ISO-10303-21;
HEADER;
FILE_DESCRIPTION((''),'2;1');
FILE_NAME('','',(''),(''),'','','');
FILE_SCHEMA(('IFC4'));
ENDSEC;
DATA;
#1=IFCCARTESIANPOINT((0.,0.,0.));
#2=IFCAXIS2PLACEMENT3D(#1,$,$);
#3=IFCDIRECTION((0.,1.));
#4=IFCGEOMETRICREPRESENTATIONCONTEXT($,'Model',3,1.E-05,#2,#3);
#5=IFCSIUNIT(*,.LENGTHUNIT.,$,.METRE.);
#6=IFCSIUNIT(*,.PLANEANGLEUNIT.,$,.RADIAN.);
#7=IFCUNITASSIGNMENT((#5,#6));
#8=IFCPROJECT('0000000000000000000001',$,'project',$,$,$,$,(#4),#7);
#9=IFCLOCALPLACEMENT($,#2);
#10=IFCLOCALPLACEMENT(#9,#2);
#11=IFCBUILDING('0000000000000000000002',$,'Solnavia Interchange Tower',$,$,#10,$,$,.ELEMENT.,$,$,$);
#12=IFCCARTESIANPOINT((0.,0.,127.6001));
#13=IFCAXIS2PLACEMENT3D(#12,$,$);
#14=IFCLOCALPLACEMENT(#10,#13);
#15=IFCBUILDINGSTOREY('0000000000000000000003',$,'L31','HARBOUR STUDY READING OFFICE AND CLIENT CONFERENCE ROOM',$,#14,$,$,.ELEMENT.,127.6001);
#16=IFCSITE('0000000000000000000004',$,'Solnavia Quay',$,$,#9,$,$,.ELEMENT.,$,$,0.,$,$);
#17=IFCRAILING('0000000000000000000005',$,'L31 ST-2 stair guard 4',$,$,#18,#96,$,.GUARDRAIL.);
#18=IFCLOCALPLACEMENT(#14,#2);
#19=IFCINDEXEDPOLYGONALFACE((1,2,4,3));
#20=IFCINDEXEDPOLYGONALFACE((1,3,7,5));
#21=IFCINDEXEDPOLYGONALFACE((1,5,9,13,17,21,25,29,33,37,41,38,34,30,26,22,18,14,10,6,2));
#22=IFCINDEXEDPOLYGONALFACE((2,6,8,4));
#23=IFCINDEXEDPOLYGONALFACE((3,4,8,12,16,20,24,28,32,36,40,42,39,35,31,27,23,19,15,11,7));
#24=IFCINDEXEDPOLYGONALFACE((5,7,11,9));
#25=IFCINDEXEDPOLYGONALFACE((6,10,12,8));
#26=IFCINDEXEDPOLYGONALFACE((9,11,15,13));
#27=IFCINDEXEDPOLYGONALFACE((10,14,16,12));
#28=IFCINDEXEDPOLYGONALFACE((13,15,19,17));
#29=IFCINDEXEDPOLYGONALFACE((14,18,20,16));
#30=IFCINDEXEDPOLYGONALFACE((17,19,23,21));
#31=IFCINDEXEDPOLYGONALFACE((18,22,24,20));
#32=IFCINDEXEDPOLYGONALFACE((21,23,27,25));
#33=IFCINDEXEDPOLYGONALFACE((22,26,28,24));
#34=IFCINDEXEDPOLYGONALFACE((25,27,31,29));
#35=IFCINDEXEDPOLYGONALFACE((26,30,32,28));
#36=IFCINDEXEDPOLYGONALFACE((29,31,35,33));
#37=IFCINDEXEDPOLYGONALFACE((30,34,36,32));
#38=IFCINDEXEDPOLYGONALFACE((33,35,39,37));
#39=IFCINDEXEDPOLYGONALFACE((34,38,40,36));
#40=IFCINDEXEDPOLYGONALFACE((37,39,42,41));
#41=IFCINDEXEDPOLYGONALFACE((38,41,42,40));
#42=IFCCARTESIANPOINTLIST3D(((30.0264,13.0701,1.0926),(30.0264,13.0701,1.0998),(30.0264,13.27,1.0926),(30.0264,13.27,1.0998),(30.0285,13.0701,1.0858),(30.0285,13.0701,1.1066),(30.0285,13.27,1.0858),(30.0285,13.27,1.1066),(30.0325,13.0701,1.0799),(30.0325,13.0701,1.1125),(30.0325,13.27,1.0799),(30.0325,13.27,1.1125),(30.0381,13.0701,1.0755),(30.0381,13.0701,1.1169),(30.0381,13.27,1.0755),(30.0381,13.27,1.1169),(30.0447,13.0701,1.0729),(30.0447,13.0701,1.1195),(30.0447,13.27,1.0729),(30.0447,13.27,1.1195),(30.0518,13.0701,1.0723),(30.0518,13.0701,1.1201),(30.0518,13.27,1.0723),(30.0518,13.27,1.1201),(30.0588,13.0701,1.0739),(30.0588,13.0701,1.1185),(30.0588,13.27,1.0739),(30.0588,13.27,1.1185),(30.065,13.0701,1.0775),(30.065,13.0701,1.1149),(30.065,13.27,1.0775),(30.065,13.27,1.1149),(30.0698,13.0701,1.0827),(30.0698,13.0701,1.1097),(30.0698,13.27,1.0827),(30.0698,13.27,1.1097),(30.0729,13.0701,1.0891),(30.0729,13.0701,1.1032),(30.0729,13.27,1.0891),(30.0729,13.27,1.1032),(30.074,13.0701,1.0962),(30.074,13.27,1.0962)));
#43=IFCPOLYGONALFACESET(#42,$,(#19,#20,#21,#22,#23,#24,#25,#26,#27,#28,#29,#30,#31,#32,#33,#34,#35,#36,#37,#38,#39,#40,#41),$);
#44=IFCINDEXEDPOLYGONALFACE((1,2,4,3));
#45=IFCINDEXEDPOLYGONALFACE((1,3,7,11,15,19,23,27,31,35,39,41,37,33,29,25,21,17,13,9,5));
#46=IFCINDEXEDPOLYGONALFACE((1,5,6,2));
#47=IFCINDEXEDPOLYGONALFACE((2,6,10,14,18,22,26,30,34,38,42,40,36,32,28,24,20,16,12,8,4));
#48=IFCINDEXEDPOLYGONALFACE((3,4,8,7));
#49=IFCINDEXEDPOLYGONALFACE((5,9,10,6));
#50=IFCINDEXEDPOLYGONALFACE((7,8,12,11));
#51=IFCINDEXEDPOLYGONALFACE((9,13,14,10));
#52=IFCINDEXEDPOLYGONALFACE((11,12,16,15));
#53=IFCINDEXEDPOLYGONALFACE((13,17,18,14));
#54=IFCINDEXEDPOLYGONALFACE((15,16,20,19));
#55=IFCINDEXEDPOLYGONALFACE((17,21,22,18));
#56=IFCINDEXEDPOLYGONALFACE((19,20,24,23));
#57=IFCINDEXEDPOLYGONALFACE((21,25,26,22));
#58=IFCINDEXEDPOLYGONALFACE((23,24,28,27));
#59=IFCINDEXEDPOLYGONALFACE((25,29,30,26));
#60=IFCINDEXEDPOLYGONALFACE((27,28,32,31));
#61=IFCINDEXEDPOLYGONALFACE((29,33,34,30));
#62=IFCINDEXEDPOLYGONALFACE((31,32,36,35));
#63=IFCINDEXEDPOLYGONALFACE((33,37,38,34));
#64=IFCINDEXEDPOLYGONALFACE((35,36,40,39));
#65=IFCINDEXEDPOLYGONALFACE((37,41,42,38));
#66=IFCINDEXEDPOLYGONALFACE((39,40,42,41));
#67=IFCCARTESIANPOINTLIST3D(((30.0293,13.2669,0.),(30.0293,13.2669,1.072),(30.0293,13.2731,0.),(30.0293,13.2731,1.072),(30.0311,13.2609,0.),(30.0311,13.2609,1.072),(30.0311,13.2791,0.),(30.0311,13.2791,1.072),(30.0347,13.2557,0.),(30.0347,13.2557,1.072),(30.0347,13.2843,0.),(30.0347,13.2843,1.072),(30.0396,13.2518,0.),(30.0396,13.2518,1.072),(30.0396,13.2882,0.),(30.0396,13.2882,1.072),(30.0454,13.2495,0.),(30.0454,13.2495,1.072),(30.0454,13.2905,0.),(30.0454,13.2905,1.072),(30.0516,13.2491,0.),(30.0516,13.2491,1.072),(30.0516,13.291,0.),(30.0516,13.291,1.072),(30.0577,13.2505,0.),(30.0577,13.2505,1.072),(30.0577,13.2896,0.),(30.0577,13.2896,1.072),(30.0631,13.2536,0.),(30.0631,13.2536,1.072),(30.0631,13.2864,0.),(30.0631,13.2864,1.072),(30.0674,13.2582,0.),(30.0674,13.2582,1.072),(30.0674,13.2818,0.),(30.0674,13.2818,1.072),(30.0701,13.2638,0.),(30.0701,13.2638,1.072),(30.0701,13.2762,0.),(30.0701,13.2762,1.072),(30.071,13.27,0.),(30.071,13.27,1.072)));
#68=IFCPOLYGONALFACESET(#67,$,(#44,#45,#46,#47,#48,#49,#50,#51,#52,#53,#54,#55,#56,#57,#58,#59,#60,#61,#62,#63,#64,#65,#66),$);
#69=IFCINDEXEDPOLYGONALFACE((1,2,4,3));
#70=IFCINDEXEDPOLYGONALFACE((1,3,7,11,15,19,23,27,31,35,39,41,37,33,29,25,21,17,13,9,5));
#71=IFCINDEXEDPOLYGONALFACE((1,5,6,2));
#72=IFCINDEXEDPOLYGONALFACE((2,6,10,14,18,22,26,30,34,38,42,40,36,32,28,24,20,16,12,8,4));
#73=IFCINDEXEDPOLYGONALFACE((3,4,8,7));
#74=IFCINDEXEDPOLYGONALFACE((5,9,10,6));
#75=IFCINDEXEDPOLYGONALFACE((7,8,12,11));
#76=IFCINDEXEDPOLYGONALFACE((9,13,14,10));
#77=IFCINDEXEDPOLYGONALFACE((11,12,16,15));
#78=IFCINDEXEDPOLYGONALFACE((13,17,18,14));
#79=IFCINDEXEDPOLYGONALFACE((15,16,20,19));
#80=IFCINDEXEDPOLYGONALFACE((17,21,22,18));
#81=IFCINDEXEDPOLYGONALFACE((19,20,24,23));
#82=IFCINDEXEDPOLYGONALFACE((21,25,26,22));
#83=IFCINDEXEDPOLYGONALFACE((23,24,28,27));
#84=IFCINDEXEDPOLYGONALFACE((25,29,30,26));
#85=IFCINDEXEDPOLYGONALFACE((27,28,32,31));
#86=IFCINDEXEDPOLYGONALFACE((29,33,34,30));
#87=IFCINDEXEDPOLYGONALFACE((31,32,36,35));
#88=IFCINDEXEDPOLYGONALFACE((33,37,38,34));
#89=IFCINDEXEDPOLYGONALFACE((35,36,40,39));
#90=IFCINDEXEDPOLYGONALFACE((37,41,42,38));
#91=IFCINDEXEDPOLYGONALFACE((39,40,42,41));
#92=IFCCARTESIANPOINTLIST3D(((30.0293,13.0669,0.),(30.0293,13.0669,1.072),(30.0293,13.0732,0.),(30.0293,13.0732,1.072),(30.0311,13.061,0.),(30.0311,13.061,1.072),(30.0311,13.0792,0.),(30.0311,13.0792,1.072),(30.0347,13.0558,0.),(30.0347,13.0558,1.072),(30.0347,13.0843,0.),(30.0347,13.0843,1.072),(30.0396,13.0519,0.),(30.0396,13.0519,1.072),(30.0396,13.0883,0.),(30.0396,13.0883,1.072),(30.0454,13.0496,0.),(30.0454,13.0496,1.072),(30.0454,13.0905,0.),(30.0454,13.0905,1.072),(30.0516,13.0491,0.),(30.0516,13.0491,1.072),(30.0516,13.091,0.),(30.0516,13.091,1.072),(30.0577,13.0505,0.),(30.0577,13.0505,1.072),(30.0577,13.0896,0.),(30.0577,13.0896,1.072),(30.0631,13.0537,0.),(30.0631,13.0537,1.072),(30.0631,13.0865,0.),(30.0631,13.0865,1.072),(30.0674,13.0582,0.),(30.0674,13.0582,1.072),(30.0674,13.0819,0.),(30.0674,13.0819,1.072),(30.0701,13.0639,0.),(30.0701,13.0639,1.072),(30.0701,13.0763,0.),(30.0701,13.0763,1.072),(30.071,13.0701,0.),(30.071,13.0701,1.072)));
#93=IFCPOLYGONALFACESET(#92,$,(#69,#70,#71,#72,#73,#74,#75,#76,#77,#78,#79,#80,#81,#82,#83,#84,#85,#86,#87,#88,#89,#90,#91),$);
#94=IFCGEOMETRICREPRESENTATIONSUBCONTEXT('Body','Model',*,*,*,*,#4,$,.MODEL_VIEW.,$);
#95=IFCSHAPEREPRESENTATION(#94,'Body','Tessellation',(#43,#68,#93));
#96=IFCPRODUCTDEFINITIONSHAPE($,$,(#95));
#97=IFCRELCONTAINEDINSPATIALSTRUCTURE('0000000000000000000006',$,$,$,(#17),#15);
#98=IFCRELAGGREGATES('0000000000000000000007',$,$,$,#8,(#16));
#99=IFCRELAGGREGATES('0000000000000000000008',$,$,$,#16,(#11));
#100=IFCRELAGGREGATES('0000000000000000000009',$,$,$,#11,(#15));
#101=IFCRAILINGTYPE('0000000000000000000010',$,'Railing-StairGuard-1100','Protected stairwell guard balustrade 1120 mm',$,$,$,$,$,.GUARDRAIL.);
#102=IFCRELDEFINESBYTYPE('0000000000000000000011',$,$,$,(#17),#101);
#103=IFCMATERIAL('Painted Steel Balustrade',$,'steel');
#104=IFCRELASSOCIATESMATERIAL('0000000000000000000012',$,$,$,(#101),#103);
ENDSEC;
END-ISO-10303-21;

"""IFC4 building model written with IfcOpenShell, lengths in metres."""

from ifc_helpers import new_model, si_unit, direction, frame, origin, origin_2d, place, context, subcontext, project, spatial, circle, extrude, material, type_object, element, save


model = new_model("IFC4")

# Units and contexts
model_context = context("Model", 3, precision=1e-05, world=origin(), true_north=direction((0.0, 1.0)))
body_context = subcontext(model_context, "Body", "Model", "MODEL_VIEW")
ifc_project = project(units=[si_unit("LENGTHUNIT", "METRE"), si_unit("PLANEANGLEUNIT", "RADIAN")], contexts=[model_context])

# Site, building, storey
site_placement = place(None, origin())
site = spatial("IfcSite", under=ifc_project, at=site_placement, Name="Solnavia Quay", CompositionType="ELEMENT", RefElevation=0.0)
building_placement = place(site_placement, origin())
building = spatial("IfcBuilding", under=site, at=building_placement, Name="Solnavia Interchange Tower", CompositionType="ELEMENT")
storey_placement = place(building_placement, frame((0.0, 0.0, 127.6001)))
storey = spatial("IfcBuildingStorey", under=building, at=storey_placement, Name="L31", Description="HARBOUR STUDY READING OFFICE AND CLIENT CONFERENCE ROOM", CompositionType="ELEMENT", Elevation=127.6001)

# Railing
ifc_material_1 = material(Name="Painted Steel Balustrade", Category="steel")
railing_type_1 = type_object("IfcRailingType", Name="Railing-StairGuard-1100", Description="Protected stairwell guard balustrade 1120 mm", PredefinedType="GUARDRAIL", material=ifc_material_1)
railing_1_placement = place(storey_placement, frame((30.05, 13.27, 0.0)))
element("IfcRailing", 1, at=railing_1_placement, inside=storey, type_object=railing_type_1, Name="L31 ST-2 stair guard 4", PredefinedType="GUARDRAIL", context=body_context, shape_type="SweptSolid", body=[
    extrude(circle(Radius=0.0239, at=origin_2d()), frame((0.0, 0.0, 1.0962), z_axis=(0.0, -1.0, 0.0), x_axis=(1.0, 0.0, 0.0)), (0.0, 0.0, 1.0), 0.2),
    extrude(circle(Radius=0.021, at=origin_2d()), origin(), (0.0, 0.0, 1.0), 1.072),
    extrude(circle(Radius=0.021, at=origin_2d()), frame((0.0, -0.2, 0.0)), (0.0, 0.0, 1.0), 1.072),
])

save(model, "model.ifc")
